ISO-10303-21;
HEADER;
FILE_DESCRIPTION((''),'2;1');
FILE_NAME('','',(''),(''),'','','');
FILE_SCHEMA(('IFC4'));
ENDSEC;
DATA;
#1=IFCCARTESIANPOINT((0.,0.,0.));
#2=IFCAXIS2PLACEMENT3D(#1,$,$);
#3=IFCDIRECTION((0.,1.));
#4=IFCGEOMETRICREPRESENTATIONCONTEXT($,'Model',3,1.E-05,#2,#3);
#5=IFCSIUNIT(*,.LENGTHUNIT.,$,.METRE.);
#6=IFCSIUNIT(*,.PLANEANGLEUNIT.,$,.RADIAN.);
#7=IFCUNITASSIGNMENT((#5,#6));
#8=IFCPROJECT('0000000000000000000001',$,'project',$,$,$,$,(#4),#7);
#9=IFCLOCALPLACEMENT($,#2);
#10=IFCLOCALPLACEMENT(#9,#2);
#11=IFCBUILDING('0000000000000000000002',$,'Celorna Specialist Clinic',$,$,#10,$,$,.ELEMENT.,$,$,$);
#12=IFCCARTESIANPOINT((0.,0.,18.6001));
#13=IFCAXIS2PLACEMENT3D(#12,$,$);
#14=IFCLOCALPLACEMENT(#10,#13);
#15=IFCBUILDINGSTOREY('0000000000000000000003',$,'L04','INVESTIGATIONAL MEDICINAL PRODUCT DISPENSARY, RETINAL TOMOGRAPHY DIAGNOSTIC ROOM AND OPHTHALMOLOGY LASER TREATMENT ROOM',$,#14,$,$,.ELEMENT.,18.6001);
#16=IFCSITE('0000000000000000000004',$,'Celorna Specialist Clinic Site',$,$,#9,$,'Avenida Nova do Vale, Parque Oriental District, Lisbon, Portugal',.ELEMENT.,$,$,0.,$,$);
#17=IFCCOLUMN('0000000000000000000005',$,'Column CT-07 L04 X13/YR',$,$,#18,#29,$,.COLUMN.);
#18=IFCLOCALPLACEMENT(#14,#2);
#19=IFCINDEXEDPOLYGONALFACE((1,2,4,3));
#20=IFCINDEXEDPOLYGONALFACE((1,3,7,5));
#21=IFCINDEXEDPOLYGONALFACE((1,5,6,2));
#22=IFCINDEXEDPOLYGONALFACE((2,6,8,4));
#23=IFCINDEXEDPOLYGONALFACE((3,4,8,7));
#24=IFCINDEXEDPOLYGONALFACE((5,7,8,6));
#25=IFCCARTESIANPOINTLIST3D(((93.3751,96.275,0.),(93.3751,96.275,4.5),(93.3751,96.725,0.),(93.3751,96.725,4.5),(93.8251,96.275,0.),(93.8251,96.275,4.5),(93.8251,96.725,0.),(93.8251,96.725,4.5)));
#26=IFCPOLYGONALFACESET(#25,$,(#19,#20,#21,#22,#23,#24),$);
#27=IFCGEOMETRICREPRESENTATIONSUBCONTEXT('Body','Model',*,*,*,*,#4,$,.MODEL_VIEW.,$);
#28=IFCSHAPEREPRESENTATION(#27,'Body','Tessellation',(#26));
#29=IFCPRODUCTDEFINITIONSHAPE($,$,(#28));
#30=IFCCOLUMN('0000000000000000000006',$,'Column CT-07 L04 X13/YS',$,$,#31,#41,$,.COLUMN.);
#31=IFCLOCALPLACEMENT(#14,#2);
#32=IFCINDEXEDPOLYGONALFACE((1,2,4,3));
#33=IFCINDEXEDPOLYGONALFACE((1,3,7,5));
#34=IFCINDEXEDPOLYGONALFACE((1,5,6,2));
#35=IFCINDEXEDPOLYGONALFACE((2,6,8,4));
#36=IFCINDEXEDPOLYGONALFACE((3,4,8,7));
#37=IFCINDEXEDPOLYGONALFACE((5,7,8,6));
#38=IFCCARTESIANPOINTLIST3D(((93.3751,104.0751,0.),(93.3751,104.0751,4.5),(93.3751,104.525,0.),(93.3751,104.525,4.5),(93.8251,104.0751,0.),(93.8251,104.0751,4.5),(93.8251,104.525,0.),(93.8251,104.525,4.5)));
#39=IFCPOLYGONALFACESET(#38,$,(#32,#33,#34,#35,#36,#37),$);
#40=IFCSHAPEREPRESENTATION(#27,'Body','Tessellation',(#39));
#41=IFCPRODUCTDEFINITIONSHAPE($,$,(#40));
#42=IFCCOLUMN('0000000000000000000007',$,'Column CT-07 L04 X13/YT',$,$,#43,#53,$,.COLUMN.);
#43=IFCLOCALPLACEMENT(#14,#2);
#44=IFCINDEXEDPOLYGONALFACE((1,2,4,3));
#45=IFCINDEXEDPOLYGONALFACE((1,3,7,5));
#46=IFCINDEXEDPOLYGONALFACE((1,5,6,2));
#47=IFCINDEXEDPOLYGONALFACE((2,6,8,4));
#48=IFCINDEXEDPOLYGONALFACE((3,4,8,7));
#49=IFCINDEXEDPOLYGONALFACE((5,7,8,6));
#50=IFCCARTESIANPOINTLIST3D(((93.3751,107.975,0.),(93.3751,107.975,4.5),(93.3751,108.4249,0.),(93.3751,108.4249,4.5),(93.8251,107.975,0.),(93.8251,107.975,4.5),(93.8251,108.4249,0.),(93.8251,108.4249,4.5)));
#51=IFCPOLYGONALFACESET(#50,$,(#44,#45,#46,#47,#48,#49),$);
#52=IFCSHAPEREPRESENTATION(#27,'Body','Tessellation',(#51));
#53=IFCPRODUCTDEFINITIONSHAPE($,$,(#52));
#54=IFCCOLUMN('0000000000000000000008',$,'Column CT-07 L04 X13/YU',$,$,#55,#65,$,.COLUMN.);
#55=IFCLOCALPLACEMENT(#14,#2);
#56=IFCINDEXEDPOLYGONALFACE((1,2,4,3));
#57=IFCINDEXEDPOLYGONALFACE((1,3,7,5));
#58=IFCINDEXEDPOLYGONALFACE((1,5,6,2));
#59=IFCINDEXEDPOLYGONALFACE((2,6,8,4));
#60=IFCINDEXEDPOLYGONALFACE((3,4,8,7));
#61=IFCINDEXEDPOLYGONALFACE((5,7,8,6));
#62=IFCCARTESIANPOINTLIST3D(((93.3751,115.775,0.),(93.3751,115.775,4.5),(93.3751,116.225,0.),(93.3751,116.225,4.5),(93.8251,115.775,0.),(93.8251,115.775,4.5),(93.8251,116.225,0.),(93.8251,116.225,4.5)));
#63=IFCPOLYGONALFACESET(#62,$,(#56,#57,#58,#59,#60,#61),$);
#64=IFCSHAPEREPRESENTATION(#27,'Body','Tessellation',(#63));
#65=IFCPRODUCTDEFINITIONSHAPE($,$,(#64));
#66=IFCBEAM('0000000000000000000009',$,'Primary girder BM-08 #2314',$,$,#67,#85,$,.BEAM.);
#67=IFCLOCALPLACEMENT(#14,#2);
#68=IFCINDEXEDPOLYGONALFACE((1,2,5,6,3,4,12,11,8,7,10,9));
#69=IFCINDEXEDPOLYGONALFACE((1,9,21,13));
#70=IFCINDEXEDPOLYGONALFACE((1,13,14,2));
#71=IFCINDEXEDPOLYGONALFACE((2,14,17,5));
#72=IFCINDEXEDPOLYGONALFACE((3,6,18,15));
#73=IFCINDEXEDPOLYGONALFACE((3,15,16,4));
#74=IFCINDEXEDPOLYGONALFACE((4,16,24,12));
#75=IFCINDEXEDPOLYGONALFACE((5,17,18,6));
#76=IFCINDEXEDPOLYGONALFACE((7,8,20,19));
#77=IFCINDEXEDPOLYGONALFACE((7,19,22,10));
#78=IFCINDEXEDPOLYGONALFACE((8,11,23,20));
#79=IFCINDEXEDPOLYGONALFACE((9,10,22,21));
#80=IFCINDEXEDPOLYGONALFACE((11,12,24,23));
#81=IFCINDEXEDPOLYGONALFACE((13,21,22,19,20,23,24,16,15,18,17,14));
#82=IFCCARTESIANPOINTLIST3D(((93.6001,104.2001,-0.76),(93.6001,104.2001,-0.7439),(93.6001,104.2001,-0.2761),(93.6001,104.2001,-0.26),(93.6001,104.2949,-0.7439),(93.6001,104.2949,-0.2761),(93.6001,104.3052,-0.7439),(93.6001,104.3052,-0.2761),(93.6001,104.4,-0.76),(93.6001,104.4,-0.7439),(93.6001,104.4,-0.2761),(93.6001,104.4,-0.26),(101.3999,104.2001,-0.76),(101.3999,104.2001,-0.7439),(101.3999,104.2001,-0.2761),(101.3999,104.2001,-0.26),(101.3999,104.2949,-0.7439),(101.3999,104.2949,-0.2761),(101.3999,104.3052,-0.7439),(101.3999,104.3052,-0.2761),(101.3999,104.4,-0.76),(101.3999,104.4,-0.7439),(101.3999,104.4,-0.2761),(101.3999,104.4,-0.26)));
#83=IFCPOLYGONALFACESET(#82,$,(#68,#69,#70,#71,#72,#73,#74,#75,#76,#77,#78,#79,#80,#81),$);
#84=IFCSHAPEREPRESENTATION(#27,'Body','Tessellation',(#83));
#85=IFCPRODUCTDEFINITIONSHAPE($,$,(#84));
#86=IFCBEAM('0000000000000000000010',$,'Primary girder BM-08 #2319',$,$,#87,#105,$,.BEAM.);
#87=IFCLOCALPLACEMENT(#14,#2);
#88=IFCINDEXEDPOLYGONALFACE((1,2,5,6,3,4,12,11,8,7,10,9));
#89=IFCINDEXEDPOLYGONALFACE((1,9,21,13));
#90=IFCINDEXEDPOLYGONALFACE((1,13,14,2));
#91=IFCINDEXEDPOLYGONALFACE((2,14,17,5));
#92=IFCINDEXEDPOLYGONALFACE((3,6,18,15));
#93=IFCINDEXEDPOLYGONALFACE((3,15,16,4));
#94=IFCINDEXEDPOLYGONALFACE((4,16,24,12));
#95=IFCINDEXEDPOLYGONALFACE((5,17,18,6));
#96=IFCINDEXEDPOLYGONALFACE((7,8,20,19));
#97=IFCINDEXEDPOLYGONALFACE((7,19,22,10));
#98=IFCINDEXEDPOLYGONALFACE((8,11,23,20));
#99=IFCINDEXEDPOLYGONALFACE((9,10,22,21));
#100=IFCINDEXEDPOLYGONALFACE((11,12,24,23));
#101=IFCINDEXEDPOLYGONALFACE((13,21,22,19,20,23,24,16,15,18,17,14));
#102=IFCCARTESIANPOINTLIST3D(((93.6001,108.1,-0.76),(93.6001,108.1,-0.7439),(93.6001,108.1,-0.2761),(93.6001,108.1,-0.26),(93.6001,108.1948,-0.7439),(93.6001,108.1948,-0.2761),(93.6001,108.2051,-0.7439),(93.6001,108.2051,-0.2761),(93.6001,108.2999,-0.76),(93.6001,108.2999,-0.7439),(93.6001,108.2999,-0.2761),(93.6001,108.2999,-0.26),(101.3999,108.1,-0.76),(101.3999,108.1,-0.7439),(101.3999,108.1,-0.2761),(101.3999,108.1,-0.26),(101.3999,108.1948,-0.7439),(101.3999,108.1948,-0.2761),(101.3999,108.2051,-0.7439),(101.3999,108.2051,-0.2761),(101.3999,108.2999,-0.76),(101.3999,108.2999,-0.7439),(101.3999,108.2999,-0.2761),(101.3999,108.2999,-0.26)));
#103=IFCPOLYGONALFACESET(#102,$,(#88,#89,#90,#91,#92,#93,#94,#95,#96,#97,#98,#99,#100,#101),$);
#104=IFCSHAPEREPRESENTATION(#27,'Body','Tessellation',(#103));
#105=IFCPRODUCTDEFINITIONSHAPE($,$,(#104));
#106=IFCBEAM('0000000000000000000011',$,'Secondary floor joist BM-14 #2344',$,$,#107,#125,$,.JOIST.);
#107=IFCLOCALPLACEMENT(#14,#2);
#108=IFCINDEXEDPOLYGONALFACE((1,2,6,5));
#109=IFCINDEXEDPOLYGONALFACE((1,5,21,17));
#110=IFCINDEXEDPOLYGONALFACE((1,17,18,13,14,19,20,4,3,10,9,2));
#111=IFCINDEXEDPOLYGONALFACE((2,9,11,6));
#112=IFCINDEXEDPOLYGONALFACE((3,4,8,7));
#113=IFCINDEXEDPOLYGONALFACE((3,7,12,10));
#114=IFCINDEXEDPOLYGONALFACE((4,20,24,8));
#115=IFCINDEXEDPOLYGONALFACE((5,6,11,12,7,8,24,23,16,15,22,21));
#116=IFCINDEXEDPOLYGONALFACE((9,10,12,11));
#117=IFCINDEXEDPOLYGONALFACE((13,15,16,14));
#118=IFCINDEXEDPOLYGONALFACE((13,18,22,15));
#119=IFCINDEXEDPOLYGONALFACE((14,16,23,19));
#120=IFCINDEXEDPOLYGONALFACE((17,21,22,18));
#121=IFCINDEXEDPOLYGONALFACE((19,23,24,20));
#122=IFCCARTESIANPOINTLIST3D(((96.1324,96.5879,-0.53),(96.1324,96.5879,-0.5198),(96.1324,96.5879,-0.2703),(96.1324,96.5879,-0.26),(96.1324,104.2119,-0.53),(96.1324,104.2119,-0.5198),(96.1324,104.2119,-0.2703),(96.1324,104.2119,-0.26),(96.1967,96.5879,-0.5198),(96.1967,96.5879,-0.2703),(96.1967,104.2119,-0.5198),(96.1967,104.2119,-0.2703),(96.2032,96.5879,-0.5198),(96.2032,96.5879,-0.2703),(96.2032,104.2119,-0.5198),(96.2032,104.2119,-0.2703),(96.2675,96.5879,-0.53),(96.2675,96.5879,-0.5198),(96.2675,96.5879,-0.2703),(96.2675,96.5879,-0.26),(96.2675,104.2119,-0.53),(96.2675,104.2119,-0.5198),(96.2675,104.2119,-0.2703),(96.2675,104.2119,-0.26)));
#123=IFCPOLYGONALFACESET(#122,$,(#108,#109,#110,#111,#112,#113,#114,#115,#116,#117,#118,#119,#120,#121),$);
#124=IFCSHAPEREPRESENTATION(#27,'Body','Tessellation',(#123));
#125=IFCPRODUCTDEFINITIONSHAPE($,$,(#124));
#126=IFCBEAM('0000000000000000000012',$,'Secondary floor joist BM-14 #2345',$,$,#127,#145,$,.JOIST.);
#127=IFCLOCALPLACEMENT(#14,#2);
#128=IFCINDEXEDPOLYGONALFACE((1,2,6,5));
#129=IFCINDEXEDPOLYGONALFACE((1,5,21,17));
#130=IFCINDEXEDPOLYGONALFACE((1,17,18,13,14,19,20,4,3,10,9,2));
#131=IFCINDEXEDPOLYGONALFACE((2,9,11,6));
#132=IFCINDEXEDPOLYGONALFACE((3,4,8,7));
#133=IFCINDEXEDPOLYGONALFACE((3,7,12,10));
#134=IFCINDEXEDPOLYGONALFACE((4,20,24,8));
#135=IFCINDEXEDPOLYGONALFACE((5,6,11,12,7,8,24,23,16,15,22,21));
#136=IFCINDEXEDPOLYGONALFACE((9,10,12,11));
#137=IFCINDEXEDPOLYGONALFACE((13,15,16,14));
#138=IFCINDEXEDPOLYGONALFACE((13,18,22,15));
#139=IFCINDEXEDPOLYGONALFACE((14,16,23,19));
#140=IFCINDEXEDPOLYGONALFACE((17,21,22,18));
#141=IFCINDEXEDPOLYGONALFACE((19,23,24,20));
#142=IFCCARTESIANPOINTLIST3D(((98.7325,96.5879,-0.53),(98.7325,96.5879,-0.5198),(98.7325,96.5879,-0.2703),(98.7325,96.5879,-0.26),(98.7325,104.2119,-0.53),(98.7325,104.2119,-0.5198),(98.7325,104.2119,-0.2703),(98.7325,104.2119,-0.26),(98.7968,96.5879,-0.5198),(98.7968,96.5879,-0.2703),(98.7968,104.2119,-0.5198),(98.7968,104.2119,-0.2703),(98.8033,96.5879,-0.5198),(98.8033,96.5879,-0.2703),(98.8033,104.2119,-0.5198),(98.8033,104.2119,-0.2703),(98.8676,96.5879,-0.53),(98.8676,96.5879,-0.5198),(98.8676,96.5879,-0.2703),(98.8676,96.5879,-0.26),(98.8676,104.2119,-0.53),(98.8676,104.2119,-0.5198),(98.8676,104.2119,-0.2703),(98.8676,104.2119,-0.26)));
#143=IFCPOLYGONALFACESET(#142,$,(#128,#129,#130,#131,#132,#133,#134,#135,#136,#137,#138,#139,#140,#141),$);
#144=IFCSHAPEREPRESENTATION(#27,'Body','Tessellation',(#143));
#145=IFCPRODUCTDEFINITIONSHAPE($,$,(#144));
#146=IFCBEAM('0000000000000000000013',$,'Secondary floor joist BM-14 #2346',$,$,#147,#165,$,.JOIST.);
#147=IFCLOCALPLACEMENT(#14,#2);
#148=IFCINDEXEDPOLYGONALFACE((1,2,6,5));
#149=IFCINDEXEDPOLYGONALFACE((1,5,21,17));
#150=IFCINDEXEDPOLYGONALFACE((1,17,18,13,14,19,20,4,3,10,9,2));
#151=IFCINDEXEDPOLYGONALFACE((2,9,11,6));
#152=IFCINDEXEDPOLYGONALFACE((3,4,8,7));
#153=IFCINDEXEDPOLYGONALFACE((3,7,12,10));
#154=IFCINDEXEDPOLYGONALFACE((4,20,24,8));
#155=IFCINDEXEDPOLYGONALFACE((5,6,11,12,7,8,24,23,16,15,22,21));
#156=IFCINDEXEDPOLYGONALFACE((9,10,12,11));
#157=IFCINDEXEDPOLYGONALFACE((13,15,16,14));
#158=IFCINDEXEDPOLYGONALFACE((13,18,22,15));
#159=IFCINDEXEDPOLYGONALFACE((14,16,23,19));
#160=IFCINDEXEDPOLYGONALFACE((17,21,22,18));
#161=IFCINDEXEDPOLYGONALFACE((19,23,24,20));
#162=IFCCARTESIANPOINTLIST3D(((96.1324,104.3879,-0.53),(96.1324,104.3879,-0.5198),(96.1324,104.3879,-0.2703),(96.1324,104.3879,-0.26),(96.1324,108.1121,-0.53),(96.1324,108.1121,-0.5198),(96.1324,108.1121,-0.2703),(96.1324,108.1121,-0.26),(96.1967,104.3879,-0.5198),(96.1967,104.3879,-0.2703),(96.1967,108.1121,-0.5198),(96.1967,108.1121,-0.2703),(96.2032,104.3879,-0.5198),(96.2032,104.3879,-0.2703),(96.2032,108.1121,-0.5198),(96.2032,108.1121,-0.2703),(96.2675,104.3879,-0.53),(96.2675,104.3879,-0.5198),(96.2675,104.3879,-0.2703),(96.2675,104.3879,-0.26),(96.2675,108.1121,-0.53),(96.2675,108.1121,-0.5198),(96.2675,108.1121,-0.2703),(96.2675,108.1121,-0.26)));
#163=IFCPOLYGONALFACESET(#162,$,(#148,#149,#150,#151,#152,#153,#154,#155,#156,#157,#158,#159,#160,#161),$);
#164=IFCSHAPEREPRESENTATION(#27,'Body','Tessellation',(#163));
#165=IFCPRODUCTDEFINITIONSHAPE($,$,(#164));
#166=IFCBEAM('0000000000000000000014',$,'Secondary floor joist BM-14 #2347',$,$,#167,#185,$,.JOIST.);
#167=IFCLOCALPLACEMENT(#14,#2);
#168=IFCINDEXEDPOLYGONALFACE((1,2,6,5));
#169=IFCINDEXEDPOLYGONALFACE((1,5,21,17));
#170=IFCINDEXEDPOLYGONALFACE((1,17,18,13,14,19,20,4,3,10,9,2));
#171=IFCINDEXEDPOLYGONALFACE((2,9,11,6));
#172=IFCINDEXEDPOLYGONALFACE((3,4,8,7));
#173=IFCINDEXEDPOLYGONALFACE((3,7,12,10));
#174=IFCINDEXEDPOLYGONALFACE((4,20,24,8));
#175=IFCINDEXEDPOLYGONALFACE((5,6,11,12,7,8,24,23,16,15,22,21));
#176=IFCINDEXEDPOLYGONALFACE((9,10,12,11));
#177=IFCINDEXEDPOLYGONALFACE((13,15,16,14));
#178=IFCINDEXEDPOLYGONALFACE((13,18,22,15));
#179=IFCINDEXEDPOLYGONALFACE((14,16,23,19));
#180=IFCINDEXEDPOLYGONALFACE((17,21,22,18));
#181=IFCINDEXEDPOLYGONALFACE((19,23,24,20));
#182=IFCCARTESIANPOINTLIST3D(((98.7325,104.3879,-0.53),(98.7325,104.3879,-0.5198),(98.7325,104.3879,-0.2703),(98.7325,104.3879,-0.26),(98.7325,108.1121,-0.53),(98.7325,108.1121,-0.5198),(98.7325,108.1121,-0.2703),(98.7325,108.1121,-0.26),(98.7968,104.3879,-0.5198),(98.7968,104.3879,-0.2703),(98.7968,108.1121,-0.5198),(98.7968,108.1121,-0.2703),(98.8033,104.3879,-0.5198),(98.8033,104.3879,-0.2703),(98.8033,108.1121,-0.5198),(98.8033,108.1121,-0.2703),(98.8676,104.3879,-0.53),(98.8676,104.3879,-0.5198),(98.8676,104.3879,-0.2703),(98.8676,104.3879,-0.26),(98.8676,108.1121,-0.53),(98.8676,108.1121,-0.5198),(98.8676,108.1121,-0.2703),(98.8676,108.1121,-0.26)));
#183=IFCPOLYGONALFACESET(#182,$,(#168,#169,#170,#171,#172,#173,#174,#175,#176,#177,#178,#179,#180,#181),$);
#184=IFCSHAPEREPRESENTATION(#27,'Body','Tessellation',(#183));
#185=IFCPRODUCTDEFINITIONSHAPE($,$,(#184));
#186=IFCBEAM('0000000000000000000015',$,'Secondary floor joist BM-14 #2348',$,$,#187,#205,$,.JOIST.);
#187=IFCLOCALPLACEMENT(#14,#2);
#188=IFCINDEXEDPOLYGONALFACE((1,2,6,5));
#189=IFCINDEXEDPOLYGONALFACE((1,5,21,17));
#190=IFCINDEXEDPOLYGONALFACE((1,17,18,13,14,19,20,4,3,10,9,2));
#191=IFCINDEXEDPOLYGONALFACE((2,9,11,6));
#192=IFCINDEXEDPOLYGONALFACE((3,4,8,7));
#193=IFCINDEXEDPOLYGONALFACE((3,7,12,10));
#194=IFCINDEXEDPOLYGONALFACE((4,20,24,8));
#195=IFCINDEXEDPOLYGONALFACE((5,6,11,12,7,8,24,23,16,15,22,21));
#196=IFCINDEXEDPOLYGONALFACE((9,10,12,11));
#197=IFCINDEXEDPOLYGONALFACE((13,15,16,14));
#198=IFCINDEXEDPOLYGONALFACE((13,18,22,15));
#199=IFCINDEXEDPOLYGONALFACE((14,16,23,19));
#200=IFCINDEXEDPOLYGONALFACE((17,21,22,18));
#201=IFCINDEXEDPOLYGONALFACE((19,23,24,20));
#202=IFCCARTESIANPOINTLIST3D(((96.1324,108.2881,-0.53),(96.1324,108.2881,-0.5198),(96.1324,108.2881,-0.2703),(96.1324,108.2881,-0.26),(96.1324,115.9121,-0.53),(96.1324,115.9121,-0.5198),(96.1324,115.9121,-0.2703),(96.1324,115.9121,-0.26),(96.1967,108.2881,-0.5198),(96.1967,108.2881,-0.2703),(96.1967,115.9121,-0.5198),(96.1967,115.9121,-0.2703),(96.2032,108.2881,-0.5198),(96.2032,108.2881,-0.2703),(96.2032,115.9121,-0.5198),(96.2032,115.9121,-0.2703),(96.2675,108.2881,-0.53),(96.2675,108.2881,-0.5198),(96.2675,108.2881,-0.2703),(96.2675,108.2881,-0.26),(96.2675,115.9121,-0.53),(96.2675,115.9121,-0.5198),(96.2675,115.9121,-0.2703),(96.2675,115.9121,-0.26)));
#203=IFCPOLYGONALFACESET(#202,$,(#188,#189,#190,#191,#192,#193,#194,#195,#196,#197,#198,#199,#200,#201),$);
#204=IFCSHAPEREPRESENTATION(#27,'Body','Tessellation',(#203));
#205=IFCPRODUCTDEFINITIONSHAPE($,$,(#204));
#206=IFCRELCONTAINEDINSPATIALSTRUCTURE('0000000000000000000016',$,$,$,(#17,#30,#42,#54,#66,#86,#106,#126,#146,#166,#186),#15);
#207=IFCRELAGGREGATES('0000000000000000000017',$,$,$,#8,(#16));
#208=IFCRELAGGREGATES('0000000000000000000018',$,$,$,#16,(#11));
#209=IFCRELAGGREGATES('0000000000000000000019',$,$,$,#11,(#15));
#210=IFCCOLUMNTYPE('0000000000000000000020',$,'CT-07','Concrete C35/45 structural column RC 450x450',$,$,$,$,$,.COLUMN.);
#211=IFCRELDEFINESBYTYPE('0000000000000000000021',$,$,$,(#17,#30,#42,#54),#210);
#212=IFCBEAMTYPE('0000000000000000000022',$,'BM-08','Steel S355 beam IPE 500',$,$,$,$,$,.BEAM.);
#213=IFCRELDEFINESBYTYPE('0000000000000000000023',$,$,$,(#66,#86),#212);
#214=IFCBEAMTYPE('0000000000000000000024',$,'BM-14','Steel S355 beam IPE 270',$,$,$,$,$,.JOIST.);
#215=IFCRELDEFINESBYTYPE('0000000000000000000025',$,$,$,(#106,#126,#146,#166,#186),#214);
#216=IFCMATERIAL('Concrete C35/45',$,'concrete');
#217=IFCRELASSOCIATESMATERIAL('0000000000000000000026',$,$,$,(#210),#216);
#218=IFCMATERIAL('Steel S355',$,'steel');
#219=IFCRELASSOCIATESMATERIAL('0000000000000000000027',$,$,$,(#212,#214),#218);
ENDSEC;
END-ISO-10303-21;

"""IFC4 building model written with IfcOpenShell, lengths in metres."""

from ifc_helpers import new_model, si_unit, direction, frame, origin, origin_2d, place, context, subcontext, project, spatial, rectangle, i_section, extrude, material, material_profile, profile_set, type_object, element, save


model = new_model("IFC4")

# Units and contexts
model_context = context("Model", 3, precision=1e-05, world=origin(), true_north=direction((0.0, 1.0)))
body_context = subcontext(model_context, "Body", "Model", "MODEL_VIEW")
ifc_project = project(units=[si_unit("LENGTHUNIT", "METRE"), si_unit("PLANEANGLEUNIT", "RADIAN")], contexts=[model_context])

# Site, building, storey
site_placement = place(None, origin())
site = spatial("IfcSite", under=ifc_project, at=site_placement, Name="Celorna Specialist Clinic Site", LongName="Avenida Nova do Vale, Parque Oriental District, Lisbon, Portugal", CompositionType="ELEMENT", RefElevation=0.0)
building_placement = place(site_placement, origin())
building = spatial("IfcBuilding", under=site, at=building_placement, Name="Celorna Specialist Clinic", CompositionType="ELEMENT")
storey_placement = place(building_placement, frame((0.0, 0.0, 18.6001)))
storey = spatial("IfcBuildingStorey", under=building, at=storey_placement, Name="L04", Description="INVESTIGATIONAL MEDICINAL PRODUCT DISPENSARY, RETINAL TOMOGRAPHY DIAGNOSTIC ROOM AND OPHTHALMOLOGY LASER TREATMENT ROOM", CompositionType="ELEMENT", Elevation=18.6001)

# Columns
ifc_material_1 = material(Name="Concrete C35/45", Category="concrete")
ifc_material_profile_1 = material_profile(ifc_material_1, rectangle(XDim=0.45, YDim=0.45, at=origin_2d()), Name="RC 450x450")
ifc_profile_set_1 = profile_set([ifc_material_profile_1], Name="Concrete C35/45")
column_type = type_object("IfcColumnType", Name="CT-07", Description="Concrete C35/45 structural column RC 450x450", PredefinedType="COLUMN", material=ifc_profile_set_1)
for number, where, z_axis, x_axis, name in (
    (1, (93.6001, 96.5, 0.0), (0.0, 0.0, 1.0), (1.0, 0.0, 0.0), "Column CT-07 L04 X13/YR"),
    (2, (93.6001, 104.3, 0.0), (0.0, 0.0, 1.0), (1.0, 0.0, 0.0), "Column CT-07 L04 X13/YS"),
    (3, (93.6001, 108.2, 0.0), (0.0, 0.0, 1.0), (1.0, 0.0, 0.0), "Column CT-07 L04 X13/YT"),
    (4, (93.6001, 116.0, 0.0), (0.0, 0.0, 1.0), (1.0, 0.0, 0.0), "Column CT-07 L04 X13/YU"),
):
    element("IfcColumn", number, at=place(storey_placement, frame(where, z_axis=z_axis, x_axis=x_axis)), inside=storey, type_object=column_type, Name=name, PredefinedType="COLUMN", context=body_context, shape_type="SweptSolid", body=[
        extrude(rectangle(XDim=0.45, YDim=0.45, at=origin_2d()), origin(), (0.0, 0.0, 1.0), 4.5),
    ])

# Beams
ifc_material_2 = material(Name="Steel S355", Category="steel")
ifc_material_profile_2 = material_profile(ifc_material_2, i_section(OverallWidth=0.2, OverallDepth=0.5, WebThickness=0.0103, FlangeThickness=0.0161, at=origin_2d()), Name="IPE 500")
ifc_profile_set_2 = profile_set([ifc_material_profile_2], Name="Steel S355")
beam_type_1 = type_object("IfcBeamType", Name="BM-08", Description="Steel S355 beam IPE 500", PredefinedType="BEAM", material=ifc_profile_set_2)
for number, where, z_axis, x_axis, name in (
    (5, (93.6001, 104.3, -0.51), (1.0, 0.0, 0.0), (0.0, 1.0, 0.0), "Primary girder BM-08 #2314"),
    (6, (93.6001, 108.2, -0.51), (1.0, 0.0, 0.0), (0.0, 1.0, 0.0), "Primary girder BM-08 #2319"),
):
    element("IfcBeam", number, at=place(storey_placement, frame(where, z_axis=z_axis, x_axis=x_axis)), inside=storey, type_object=beam_type_1, Name=name, PredefinedType="BEAM", context=body_context, shape_type="SweptSolid", body=[
        extrude(i_section(OverallWidth=0.2, OverallDepth=0.5, WebThickness=0.0103, FlangeThickness=0.0161, at=origin_2d()), origin(), (0.0, 0.0, 1.0), 7.7998),
    ])
ifc_material_profile_3 = material_profile(ifc_material_2, i_section(OverallWidth=0.135, OverallDepth=0.27, WebThickness=0.0066, FlangeThickness=0.0103, at=origin_2d()), Name="IPE 270")
ifc_profile_set_3 = profile_set([ifc_material_profile_3], Name="Steel S355")
beam_type_2 = type_object("IfcBeamType", Name="BM-14", Description="Steel S355 beam IPE 270", PredefinedType="JOIST", material=ifc_profile_set_3)
for number, where, z_axis, x_axis, name in (
    (7, (96.2, 96.5879, -0.395), (0.0, 1.0, 0.0), (-1.0, 0.0, 0.0), "Secondary floor joist BM-14 #2344"),
    (8, (98.8, 96.5879, -0.395), (0.0, 1.0, 0.0), (-1.0, 0.0, 0.0), "Secondary floor joist BM-14 #2345"),
):
    element("IfcBeam", number, at=place(storey_placement, frame(where, z_axis=z_axis, x_axis=x_axis)), inside=storey, type_object=beam_type_2, Name=name, PredefinedType="JOIST", context=body_context, shape_type="SweptSolid", body=[
        extrude(i_section(OverallWidth=0.135, OverallDepth=0.27, WebThickness=0.0066, FlangeThickness=0.0103, at=origin_2d()), origin(), (0.0, 0.0, 1.0), 7.624),
    ])
for number, where, z_axis, x_axis, name in (
    (9, (96.2, 104.3879, -0.395), (0.0, 1.0, 0.0), (-1.0, 0.0, 0.0), "Secondary floor joist BM-14 #2346"),
    (10, (98.8, 104.3879, -0.395), (0.0, 1.0, 0.0), (-1.0, 0.0, 0.0), "Secondary floor joist BM-14 #2347"),
):
    element("IfcBeam", number, at=place(storey_placement, frame(where, z_axis=z_axis, x_axis=x_axis)), inside=storey, type_object=beam_type_2, Name=name, PredefinedType="JOIST", context=body_context, shape_type="SweptSolid", body=[
        extrude(i_section(OverallWidth=0.135, OverallDepth=0.27, WebThickness=0.0066, FlangeThickness=0.0103, at=origin_2d()), origin(), (0.0, 0.0, 1.0), 3.7241),
    ])
for number, where, z_axis, x_axis, name in (
    (11, (96.2, 108.2881, -0.395), (0.0, 1.0, 0.0), (-1.0, 0.0, 0.0), "Secondary floor joist BM-14 #2348"),
):
    element("IfcBeam", number, at=place(storey_placement, frame(where, z_axis=z_axis, x_axis=x_axis)), inside=storey, type_object=beam_type_2, Name=name, PredefinedType="JOIST", context=body_context, shape_type="SweptSolid", body=[
        extrude(i_section(OverallWidth=0.135, OverallDepth=0.27, WebThickness=0.0066, FlangeThickness=0.0103, at=origin_2d()), origin(), (0.0, 0.0, 1.0), 7.624),
    ])

save(model, "model.ifc")
